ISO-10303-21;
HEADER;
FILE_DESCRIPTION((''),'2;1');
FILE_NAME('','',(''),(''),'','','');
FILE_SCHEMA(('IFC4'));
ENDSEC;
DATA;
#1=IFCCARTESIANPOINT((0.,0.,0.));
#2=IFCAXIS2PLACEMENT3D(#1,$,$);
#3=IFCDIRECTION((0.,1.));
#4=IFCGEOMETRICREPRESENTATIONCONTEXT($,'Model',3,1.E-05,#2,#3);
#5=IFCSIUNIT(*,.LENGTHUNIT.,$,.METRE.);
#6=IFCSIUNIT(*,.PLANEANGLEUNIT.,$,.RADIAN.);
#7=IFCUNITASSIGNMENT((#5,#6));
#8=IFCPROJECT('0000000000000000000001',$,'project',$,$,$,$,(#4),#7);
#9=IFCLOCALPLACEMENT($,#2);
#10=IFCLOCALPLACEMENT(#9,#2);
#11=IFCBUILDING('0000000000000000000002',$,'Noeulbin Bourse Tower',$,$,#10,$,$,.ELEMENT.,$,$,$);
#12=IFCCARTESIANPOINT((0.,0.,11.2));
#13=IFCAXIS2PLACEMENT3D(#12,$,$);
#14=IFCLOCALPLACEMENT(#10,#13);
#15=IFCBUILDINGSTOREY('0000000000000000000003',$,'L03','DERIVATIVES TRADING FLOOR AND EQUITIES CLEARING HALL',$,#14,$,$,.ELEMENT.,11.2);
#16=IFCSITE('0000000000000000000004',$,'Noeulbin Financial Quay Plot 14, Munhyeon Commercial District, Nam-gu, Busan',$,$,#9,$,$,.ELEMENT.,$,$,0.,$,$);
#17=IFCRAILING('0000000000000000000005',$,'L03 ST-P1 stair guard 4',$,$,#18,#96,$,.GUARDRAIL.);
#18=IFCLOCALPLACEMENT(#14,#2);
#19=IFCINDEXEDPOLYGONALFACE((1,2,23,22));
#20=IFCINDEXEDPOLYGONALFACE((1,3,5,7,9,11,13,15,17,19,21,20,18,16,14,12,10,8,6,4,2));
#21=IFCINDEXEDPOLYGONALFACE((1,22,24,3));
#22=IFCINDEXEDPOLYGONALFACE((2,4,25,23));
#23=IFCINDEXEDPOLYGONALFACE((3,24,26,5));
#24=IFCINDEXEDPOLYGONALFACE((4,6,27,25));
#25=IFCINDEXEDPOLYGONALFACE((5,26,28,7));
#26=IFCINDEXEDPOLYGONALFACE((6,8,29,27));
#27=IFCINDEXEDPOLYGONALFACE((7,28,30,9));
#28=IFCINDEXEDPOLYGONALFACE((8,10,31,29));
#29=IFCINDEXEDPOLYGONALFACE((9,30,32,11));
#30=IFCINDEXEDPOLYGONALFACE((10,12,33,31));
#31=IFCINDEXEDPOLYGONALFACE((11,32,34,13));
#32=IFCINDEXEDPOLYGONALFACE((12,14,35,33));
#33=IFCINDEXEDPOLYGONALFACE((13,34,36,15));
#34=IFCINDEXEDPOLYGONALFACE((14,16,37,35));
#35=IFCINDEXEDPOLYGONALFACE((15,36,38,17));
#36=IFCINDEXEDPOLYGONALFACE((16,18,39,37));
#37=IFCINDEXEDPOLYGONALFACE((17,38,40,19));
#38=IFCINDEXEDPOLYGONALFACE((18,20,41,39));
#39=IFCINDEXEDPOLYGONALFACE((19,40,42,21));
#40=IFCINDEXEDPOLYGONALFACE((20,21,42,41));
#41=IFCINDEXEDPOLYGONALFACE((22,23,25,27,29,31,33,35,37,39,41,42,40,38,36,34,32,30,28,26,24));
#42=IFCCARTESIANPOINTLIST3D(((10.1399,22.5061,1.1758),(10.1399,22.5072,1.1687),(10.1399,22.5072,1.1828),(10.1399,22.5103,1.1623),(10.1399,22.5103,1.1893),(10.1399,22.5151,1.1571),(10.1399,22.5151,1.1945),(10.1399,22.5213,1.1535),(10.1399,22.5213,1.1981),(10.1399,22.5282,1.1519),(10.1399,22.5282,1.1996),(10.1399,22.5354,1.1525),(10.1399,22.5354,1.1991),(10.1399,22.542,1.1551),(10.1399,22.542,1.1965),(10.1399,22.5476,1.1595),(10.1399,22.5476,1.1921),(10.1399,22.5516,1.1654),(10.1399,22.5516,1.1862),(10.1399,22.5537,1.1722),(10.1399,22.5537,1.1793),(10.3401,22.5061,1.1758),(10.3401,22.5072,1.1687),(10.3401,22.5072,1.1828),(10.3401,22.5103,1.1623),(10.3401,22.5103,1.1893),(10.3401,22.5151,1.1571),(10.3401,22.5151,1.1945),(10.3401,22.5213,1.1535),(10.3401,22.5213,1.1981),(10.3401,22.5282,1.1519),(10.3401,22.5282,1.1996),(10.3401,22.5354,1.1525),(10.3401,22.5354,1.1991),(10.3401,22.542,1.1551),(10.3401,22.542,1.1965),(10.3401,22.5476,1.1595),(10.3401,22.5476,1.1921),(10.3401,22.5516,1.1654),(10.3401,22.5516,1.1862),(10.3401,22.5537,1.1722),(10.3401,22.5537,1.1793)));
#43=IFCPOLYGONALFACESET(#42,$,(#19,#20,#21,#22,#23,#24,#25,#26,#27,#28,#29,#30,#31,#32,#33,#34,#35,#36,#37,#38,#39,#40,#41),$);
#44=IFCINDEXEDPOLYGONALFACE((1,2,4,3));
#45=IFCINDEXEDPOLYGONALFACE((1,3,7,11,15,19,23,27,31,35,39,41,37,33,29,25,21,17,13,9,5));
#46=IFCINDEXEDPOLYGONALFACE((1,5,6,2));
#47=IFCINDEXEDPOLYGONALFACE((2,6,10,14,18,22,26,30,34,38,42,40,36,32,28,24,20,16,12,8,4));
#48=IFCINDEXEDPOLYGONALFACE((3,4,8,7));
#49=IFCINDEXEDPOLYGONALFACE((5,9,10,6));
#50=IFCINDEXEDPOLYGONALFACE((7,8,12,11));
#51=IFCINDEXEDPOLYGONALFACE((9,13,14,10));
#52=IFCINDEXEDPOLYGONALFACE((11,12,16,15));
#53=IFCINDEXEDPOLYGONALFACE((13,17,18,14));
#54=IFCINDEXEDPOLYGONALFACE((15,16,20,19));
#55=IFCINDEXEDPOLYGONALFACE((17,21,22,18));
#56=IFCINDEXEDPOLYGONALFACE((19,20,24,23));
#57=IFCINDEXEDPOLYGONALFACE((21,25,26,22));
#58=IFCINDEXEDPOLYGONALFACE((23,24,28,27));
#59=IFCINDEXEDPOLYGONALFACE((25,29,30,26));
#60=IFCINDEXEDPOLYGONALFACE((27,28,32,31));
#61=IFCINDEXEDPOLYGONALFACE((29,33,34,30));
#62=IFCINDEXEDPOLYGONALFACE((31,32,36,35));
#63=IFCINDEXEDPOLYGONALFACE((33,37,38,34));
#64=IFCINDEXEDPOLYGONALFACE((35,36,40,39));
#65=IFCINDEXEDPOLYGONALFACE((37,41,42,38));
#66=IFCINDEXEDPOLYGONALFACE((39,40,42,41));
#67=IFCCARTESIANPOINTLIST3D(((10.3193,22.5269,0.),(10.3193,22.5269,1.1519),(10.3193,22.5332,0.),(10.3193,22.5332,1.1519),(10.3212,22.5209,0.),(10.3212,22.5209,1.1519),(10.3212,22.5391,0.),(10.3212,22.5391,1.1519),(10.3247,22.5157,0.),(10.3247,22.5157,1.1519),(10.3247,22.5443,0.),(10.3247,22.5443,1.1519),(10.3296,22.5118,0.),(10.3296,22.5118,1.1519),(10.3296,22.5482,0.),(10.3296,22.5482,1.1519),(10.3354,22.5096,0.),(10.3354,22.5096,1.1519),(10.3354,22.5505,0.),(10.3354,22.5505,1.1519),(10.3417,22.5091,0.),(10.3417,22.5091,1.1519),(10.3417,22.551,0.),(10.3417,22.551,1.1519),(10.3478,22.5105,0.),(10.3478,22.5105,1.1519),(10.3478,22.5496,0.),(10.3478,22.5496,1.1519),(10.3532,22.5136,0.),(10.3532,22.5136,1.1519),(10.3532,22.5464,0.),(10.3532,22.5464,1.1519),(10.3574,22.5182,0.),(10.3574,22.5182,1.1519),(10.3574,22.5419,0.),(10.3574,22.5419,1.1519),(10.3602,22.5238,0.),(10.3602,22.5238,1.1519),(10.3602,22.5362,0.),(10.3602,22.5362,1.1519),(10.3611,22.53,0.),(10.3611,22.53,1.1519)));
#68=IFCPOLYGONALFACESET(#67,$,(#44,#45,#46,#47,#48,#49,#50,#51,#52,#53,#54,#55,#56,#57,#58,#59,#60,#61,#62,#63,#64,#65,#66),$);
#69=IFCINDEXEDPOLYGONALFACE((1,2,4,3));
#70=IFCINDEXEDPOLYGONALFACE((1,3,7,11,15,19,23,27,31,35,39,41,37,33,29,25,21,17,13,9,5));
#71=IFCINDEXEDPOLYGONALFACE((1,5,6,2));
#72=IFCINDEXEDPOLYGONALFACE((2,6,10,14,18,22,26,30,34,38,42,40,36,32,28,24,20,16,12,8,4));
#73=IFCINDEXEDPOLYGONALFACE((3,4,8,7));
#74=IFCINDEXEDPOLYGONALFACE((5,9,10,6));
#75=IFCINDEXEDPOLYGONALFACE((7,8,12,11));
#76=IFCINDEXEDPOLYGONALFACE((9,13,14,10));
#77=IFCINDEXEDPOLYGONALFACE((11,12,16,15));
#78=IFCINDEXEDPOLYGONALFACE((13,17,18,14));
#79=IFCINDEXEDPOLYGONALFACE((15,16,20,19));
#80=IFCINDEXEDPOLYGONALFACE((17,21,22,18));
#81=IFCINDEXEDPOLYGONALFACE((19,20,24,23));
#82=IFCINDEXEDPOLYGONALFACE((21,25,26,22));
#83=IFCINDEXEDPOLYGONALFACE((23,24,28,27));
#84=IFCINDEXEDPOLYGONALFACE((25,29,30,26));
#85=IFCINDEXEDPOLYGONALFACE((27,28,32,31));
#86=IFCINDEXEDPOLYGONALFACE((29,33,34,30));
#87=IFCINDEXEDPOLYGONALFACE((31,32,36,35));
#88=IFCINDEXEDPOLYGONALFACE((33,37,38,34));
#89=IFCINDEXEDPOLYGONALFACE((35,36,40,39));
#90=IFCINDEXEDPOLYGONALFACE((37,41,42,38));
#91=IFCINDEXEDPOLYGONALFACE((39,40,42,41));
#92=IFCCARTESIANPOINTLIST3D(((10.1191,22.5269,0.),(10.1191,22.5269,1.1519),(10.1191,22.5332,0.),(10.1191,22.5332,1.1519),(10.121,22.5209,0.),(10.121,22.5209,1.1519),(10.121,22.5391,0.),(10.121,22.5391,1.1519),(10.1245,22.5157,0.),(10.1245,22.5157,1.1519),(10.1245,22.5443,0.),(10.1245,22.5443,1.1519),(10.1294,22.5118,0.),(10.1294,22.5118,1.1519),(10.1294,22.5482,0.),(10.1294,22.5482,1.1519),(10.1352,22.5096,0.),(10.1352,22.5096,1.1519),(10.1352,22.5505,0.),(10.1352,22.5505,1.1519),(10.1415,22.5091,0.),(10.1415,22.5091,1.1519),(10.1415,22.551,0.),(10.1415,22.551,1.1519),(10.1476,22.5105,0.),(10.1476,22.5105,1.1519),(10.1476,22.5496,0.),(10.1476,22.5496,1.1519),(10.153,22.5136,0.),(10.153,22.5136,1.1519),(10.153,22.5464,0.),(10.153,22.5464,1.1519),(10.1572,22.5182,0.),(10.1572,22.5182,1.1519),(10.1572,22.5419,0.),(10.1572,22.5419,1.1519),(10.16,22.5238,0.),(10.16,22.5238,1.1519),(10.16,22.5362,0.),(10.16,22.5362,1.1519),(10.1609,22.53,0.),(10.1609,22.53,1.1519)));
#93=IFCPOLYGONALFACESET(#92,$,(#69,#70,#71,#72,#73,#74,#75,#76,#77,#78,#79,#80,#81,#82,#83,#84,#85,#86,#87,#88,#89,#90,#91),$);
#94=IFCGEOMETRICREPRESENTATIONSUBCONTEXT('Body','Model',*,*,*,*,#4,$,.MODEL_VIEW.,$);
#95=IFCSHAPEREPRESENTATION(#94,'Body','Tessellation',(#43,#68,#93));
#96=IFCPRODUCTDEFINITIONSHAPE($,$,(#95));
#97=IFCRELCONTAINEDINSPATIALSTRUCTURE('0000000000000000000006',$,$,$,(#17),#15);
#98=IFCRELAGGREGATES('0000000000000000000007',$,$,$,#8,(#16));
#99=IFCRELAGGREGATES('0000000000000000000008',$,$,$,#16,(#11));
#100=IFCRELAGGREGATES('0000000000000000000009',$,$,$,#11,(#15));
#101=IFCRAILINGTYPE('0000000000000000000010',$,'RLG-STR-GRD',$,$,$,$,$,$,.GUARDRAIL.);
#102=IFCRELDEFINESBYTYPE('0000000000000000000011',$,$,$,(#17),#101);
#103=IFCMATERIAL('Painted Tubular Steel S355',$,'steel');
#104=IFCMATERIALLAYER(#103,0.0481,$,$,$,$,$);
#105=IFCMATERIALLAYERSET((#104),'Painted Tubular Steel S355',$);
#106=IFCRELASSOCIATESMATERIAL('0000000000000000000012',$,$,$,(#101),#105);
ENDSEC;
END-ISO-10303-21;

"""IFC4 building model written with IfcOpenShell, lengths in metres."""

from ifc_helpers import new_model, si_unit, direction, frame, origin, origin_2d, place, context, subcontext, project, spatial, circle, extrude, material, layer, layer_set, type_object, element, save


model = new_model("IFC4")

# Units and contexts
model_context = context("Model", 3, precision=1e-05, world=origin(), true_north=direction((0.0, 1.0)))
body_context = subcontext(model_context, "Body", "Model", "MODEL_VIEW")
ifc_project = project(units=[si_unit("LENGTHUNIT", "METRE"), si_unit("PLANEANGLEUNIT", "RADIAN")], contexts=[model_context])

# Site, building, storey
site_placement = place(None, origin())
site = spatial("IfcSite", under=ifc_project, at=site_placement, Name="Noeulbin Financial Quay Plot 14, Munhyeon Commercial District, Nam-gu, Busan", CompositionType="ELEMENT", RefElevation=0.0)
building_placement = place(site_placement, origin())
building = spatial("IfcBuilding", under=site, at=building_placement, Name="Noeulbin Bourse Tower", CompositionType="ELEMENT")
storey_placement = place(building_placement, frame((0.0, 0.0, 11.2)))
storey = spatial("IfcBuildingStorey", under=building, at=storey_placement, Name="L03", Description="DERIVATIVES TRADING FLOOR AND EQUITIES CLEARING HALL", CompositionType="ELEMENT", Elevation=11.2)

# Railing
ifc_material_1 = material(Name="Painted Tubular Steel S355", Category="steel")
ifc_layer_1 = layer(ifc_material_1, 0.0481)
ifc_layer_set_1 = layer_set([ifc_layer_1], Name="Painted Tubular Steel S355")
railing_type_1 = type_object("IfcRailingType", Name="RLG-STR-GRD", PredefinedType="GUARDRAIL", material=ifc_layer_set_1)
railing_1_placement = place(storey_placement, frame((10.3401, 22.53, 0.0)))
element("IfcRailing", 1, at=railing_1_placement, inside=storey, type_object=railing_type_1, Name="L03 ST-P1 stair guard 4", PredefinedType="GUARDRAIL", context=body_context, shape_type="SweptSolid", body=[
    extrude(circle(Radius=0.0239, at=origin_2d()), frame((0.0, 0.0, 1.1758), z_axis=(-1.0, 0.0, 0.0), x_axis=(0.0, -1.0, 0.0)), (0.0, 0.0, 1.0), 0.2002),
    extrude(circle(Radius=0.021, at=origin_2d()), origin(), (0.0, 0.0, 1.0), 1.1519),
    extrude(circle(Radius=0.021, at=origin_2d()), frame((-0.2002, 0.0, 0.0)), (0.0, 0.0, 1.0), 1.1519),
])

save(model, "model.ifc")
